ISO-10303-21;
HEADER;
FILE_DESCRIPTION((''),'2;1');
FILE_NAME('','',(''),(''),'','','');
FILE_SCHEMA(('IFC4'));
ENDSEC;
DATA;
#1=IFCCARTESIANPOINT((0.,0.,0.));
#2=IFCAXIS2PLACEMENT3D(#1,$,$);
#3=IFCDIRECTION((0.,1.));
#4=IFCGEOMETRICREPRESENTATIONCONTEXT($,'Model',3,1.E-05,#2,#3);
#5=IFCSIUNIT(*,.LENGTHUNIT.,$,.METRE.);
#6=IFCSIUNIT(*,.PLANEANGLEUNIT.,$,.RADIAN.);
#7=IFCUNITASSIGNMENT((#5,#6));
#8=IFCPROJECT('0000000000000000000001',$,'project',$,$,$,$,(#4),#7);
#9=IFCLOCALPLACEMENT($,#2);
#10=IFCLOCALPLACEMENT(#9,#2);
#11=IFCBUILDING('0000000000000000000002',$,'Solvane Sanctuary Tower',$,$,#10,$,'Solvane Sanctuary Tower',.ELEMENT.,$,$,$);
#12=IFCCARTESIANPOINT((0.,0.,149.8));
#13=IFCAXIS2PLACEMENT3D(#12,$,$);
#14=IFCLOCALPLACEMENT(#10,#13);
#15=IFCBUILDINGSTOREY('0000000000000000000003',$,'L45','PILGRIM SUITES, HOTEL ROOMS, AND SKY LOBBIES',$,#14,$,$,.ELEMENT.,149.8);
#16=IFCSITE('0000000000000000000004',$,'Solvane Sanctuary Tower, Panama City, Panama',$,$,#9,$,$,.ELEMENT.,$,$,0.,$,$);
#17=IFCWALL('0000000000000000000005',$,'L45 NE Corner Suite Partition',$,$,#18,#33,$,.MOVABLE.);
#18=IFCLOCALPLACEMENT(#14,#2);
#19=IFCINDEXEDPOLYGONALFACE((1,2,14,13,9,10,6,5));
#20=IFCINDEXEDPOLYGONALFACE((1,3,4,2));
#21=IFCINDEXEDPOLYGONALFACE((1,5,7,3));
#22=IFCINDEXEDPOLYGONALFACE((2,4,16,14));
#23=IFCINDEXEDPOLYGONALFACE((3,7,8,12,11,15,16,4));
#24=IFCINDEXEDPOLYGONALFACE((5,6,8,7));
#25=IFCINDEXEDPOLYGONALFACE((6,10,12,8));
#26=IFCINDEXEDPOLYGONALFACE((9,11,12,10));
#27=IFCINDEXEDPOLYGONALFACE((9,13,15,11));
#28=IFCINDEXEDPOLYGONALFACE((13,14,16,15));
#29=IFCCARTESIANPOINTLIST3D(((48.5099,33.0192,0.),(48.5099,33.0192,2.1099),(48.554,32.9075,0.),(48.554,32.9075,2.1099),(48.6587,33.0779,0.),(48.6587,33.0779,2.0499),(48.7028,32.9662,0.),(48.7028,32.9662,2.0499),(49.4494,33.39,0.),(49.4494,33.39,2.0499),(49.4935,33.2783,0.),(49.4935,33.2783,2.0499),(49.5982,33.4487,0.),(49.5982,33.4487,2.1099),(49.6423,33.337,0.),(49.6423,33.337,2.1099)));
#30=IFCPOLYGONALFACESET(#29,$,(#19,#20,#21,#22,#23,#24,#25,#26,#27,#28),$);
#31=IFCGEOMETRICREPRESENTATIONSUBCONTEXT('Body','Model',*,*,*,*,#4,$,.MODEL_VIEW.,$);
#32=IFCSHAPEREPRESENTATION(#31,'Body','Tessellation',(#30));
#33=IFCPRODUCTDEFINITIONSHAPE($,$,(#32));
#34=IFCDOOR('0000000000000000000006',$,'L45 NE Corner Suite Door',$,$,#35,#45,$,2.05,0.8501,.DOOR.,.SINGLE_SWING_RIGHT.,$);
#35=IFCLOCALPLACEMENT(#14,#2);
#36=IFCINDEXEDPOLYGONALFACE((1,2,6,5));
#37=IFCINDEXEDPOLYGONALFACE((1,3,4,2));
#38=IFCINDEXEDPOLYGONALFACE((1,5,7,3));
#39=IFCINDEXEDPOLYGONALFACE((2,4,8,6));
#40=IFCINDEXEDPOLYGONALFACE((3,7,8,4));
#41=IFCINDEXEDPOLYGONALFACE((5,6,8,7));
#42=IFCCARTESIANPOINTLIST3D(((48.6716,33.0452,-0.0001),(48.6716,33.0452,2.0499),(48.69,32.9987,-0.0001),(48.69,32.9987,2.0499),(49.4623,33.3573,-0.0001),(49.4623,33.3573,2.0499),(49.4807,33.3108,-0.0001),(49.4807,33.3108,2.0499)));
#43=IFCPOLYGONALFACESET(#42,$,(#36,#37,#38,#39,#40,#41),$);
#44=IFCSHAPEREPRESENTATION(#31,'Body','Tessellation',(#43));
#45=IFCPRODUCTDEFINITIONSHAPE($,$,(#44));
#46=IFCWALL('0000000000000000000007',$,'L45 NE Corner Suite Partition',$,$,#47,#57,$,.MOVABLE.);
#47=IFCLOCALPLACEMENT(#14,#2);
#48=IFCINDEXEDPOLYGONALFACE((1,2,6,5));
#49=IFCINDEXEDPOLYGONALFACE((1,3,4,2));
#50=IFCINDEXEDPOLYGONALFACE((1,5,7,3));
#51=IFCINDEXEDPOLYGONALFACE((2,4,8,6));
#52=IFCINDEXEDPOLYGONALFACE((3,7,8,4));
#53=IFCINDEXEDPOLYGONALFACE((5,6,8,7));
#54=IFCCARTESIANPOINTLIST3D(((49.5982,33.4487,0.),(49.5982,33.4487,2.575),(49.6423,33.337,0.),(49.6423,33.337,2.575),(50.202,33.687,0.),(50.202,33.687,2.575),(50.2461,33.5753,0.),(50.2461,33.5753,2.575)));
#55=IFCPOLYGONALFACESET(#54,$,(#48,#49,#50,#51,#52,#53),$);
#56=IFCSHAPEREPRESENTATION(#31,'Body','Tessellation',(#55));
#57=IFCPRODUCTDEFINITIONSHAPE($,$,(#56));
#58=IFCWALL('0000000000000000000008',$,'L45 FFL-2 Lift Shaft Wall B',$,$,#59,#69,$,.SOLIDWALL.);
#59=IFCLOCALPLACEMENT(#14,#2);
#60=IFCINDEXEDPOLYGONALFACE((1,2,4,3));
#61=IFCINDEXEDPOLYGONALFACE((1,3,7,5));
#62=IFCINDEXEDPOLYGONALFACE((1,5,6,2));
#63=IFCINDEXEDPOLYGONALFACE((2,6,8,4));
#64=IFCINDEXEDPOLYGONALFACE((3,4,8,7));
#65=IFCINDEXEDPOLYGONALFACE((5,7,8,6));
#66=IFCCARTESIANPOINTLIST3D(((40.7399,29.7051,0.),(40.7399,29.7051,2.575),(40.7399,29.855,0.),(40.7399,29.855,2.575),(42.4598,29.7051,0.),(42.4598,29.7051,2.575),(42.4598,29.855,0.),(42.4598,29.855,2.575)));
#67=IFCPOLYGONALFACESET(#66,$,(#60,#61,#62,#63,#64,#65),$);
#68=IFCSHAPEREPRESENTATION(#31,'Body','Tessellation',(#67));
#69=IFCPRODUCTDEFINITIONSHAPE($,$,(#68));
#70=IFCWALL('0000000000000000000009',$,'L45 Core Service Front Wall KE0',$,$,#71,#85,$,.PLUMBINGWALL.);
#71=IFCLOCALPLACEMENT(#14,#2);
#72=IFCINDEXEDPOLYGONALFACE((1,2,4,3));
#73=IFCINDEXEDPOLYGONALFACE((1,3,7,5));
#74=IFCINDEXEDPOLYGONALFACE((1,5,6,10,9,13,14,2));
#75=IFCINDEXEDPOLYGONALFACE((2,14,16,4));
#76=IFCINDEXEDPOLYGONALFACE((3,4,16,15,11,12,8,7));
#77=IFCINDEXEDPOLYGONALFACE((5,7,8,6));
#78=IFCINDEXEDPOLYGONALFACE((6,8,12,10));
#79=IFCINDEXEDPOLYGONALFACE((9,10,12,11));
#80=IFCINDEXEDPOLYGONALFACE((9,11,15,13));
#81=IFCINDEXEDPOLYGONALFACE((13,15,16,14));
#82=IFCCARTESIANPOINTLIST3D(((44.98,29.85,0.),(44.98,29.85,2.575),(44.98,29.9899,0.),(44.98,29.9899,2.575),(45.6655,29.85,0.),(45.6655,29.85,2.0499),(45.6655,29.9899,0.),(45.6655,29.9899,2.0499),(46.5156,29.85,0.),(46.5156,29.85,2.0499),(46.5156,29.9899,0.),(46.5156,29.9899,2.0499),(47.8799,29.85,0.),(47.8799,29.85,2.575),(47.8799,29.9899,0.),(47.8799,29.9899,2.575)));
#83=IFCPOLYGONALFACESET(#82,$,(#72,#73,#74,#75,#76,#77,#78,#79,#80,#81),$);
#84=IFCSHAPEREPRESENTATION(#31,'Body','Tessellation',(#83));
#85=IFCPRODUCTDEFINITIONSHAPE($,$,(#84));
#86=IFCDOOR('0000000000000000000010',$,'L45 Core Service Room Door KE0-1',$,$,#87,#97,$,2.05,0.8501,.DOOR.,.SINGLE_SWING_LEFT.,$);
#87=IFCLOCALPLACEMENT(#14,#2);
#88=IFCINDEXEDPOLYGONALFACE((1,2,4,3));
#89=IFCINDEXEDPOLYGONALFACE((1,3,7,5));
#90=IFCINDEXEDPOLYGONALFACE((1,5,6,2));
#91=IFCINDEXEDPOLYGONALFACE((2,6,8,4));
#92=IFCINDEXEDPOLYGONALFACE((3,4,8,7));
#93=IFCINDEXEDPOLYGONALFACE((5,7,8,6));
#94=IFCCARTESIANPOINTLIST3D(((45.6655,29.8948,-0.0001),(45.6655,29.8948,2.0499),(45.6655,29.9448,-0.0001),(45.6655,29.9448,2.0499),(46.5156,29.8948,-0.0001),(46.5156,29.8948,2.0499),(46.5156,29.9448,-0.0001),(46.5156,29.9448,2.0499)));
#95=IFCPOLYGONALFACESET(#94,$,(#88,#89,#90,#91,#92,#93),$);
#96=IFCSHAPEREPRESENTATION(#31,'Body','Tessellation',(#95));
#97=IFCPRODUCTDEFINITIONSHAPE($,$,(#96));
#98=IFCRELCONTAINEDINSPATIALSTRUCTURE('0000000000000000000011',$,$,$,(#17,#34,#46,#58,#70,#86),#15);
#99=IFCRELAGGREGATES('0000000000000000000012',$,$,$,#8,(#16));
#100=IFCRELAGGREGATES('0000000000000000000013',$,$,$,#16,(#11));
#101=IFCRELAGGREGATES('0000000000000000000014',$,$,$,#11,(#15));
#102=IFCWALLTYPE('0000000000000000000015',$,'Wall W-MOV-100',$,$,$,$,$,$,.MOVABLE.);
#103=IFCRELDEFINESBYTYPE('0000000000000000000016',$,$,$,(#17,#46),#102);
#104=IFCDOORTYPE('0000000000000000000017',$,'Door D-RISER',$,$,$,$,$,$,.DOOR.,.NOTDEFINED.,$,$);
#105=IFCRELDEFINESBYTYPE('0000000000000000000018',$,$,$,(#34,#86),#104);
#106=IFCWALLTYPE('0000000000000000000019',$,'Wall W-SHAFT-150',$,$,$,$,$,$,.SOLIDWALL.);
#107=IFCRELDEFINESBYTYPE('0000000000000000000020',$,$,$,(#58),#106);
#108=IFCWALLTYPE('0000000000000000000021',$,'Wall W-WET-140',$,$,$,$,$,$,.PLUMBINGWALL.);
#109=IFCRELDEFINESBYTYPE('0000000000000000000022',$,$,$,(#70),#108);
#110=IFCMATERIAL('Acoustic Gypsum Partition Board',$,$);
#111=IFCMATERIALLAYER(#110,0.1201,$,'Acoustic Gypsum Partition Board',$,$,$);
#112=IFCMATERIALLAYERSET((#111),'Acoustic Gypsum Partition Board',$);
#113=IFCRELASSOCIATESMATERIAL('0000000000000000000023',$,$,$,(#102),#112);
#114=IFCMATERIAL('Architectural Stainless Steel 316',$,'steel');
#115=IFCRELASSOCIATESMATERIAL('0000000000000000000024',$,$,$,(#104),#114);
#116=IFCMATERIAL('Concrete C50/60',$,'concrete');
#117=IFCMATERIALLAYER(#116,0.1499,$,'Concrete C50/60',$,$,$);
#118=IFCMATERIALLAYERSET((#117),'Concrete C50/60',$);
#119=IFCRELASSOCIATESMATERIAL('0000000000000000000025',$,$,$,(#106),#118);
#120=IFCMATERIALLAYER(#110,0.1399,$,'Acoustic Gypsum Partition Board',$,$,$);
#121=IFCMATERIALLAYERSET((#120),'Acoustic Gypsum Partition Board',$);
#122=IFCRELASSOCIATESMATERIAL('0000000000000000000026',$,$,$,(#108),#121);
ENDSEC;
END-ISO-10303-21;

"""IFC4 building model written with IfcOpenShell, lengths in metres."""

from ifc_helpers import new_model, si_unit, direction, frame, frame_2d, origin, place, context, subcontext, project, spatial, rectangle, extrude, material, layer, layer_set, type_object, element, fill, save


model = new_model("IFC4")

# Units and contexts
model_context = context("Model", 3, precision=1e-05, world=origin(), true_north=direction((0.0, 1.0)))
body_context = subcontext(model_context, "Body", "Model", "MODEL_VIEW")
ifc_project = project(units=[si_unit("LENGTHUNIT", "METRE"), si_unit("PLANEANGLEUNIT", "RADIAN")], contexts=[model_context])

# Site, building, storey
site_placement = place(None, origin())
site = spatial("IfcSite", under=ifc_project, at=site_placement, Name="Solvane Sanctuary Tower, Panama City, Panama", CompositionType="ELEMENT", RefElevation=0.0)
building_placement = place(site_placement, origin())
building = spatial("IfcBuilding", under=site, at=building_placement, Name="Solvane Sanctuary Tower", LongName="Solvane Sanctuary Tower", CompositionType="ELEMENT")
storey_placement = place(building_placement, frame((0.0, 0.0, 149.8)))
storey = spatial("IfcBuildingStorey", under=building, at=storey_placement, Name="L45", Description="PILGRIM SUITES, HOTEL ROOMS, AND SKY LOBBIES", CompositionType="ELEMENT", Elevation=149.8)

# Shared definitions
ifc_material_1 = material(Name="Acoustic Gypsum Partition Board")

# Shared definitions
ifc_layer_1 = layer(ifc_material_1, 0.1201, Name="Acoustic Gypsum Partition Board")
ifc_layer_set_1 = layer_set([ifc_layer_1], Name="Acoustic Gypsum Partition Board")
wall_type_1 = type_object("IfcWallType", Name="Wall W-MOV-100", PredefinedType="MOVABLE", material=ifc_layer_set_1)

# Wall, opening, door
wall_1_placement = place(storey_placement, frame((48.532, 32.9634, 0.0), z_axis=(0.0, 0.0, 1.0), x_axis=(0.93018, 0.367105, 0.0)))
wall_1 = element("IfcWall", 1, at=wall_1_placement, inside=storey, type_object=wall_type_1, Name="L45 NE Corner Suite Partition", PredefinedType="MOVABLE", context=body_context, shape_type="SweptSolid", body=[
    extrude(rectangle(XDim=1.1699, YDim=0.1201, at=frame_2d((0.585, 0.0))), origin(), (0.0, 0.0, 1.0), 2.1099),
])
opening_1_placement = place(wall_1_placement, frame((0.1599, 0.0, 0.0)))
opening_1 = element("IfcOpeningElement", 2, at=opening_1_placement, cuts=wall_1, PredefinedType="OPENING", context=body_context, shape_type="SweptSolid", body=[
    extrude(rectangle(XDim=0.8501, YDim=2.05, at=frame_2d((0.425, 1.0249))), frame((0.0, 0.0701, 0.0), z_axis=(0.0, -1.0, 0.0), x_axis=(1.0, 0.0, 0.0)), (0.0, 0.0, 1.0), 0.1401),
])
ifc_material_2 = material(Name="Architectural Stainless Steel 316", Category="steel")
door_type_1 = type_object("IfcDoorType", Name="Door D-RISER", OperationType="NOTDEFINED", PredefinedType="DOOR", material=ifc_material_2)
door_1_placement = place(opening_1_placement, origin())
door_1 = element("IfcDoor", 3, at=door_1_placement, inside=storey, type_object=door_type_1, Name="L45 NE Corner Suite Door", OperationType="SINGLE_SWING_RIGHT", OverallHeight=2.05, OverallWidth=0.8501, PredefinedType="DOOR", context=body_context, shape_type="SweptSolid", body=[
    extrude(rectangle(XDim=0.8501, YDim=2.05, at=frame_2d((0.425, 1.0249))), frame((0.0, 0.0249, 0.0), z_axis=(0.0, -1.0, 0.0), x_axis=(1.0, 0.0, 0.0)), (0.0, 0.0, 1.0), 0.05),
])
fill(opening_1, door_1)

# Walls
wall_2_placement = place(storey_placement, frame((49.6201, 33.3928, 0.0), z_axis=(0.0, 0.0, 1.0), x_axis=(0.930179, 0.367107, 0.0)))
element("IfcWall", 4, at=wall_2_placement, inside=storey, type_object=wall_type_1, Name="L45 NE Corner Suite Partition", PredefinedType="MOVABLE", context=body_context, shape_type="SweptSolid", body=[
    extrude(rectangle(XDim=0.6492, YDim=0.1201, at=frame_2d((0.3247, 0.0))), origin(), (0.0, 0.0, 1.0), 2.575),
])
ifc_material_3 = material(Name="Concrete C50/60", Category="concrete")
ifc_layer_2 = layer(ifc_material_3, 0.1499, Name="Concrete C50/60")
ifc_layer_set_2 = layer_set([ifc_layer_2], Name="Concrete C50/60")
wall_type_2 = type_object("IfcWallType", Name="Wall W-SHAFT-150", PredefinedType="SOLIDWALL", material=ifc_layer_set_2)
wall_3_placement = place(storey_placement, frame((40.74, 29.78, 0.0), z_axis=(0.0, 0.0, 1.0), x_axis=(1.0, 0.0, 0.0)))
element("IfcWall", 5, at=wall_3_placement, inside=storey, type_object=wall_type_2, Name="L45 FFL-2 Lift Shaft Wall B", PredefinedType="SOLIDWALL", context=body_context, shape_type="SweptSolid", body=[
    extrude(rectangle(XDim=1.72, YDim=0.1499, at=frame_2d((0.8599, 0.0))), origin(), (0.0, 0.0, 1.0), 2.575),
])

# Wall, opening, door
ifc_layer_3 = layer(ifc_material_1, 0.1399, Name="Acoustic Gypsum Partition Board")
ifc_layer_set_3 = layer_set([ifc_layer_3], Name="Acoustic Gypsum Partition Board")
wall_type_3 = type_object("IfcWallType", Name="Wall W-WET-140", PredefinedType="PLUMBINGWALL", material=ifc_layer_set_3)
wall_4_placement = place(storey_placement, frame((44.98, 29.9199, 0.0), z_axis=(0.0, 0.0, 1.0), x_axis=(1.0, 0.0, 0.0)))
wall_4 = element("IfcWall", 6, at=wall_4_placement, inside=storey, type_object=wall_type_3, Name="L45 Core Service Front Wall KE0", PredefinedType="PLUMBINGWALL", context=body_context, shape_type="SweptSolid", body=[
    extrude(rectangle(XDim=2.8999, YDim=0.1399, at=frame_2d((1.45, 0.0))), origin(), (0.0, 0.0, 1.0), 2.575),
])
opening_2_placement = place(wall_4_placement, frame((0.6855, 0.0, 0.0)))
opening_2 = element("IfcOpeningElement", 7, at=opening_2_placement, cuts=wall_4, PredefinedType="OPENING", context=body_context, shape_type="SweptSolid", body=[
    extrude(rectangle(XDim=0.8501, YDim=2.05, at=frame_2d((0.425, 1.0249))), frame((0.0, 0.0798, 0.0), z_axis=(0.0, -1.0, 0.0), x_axis=(1.0, 0.0, 0.0)), (0.0, 0.0, 1.0), 0.1599),
])
door_2_placement = place(opening_2_placement, origin())
door_2 = element("IfcDoor", 8, at=door_2_placement, inside=storey, type_object=door_type_1, Name="L45 Core Service Room Door KE0-1", OperationType="SINGLE_SWING_LEFT", OverallHeight=2.05, OverallWidth=0.8501, PredefinedType="DOOR", context=body_context, shape_type="SweptSolid", body=[
    extrude(rectangle(XDim=0.8501, YDim=2.05, at=frame_2d((0.425, 1.0249))), frame((0.0, 0.0249, 0.0), z_axis=(0.0, -1.0, 0.0), x_axis=(1.0, 0.0, 0.0)), (0.0, 0.0, 1.0), 0.05),
])
fill(opening_2, door_2)

save(model, "model.ifc")
